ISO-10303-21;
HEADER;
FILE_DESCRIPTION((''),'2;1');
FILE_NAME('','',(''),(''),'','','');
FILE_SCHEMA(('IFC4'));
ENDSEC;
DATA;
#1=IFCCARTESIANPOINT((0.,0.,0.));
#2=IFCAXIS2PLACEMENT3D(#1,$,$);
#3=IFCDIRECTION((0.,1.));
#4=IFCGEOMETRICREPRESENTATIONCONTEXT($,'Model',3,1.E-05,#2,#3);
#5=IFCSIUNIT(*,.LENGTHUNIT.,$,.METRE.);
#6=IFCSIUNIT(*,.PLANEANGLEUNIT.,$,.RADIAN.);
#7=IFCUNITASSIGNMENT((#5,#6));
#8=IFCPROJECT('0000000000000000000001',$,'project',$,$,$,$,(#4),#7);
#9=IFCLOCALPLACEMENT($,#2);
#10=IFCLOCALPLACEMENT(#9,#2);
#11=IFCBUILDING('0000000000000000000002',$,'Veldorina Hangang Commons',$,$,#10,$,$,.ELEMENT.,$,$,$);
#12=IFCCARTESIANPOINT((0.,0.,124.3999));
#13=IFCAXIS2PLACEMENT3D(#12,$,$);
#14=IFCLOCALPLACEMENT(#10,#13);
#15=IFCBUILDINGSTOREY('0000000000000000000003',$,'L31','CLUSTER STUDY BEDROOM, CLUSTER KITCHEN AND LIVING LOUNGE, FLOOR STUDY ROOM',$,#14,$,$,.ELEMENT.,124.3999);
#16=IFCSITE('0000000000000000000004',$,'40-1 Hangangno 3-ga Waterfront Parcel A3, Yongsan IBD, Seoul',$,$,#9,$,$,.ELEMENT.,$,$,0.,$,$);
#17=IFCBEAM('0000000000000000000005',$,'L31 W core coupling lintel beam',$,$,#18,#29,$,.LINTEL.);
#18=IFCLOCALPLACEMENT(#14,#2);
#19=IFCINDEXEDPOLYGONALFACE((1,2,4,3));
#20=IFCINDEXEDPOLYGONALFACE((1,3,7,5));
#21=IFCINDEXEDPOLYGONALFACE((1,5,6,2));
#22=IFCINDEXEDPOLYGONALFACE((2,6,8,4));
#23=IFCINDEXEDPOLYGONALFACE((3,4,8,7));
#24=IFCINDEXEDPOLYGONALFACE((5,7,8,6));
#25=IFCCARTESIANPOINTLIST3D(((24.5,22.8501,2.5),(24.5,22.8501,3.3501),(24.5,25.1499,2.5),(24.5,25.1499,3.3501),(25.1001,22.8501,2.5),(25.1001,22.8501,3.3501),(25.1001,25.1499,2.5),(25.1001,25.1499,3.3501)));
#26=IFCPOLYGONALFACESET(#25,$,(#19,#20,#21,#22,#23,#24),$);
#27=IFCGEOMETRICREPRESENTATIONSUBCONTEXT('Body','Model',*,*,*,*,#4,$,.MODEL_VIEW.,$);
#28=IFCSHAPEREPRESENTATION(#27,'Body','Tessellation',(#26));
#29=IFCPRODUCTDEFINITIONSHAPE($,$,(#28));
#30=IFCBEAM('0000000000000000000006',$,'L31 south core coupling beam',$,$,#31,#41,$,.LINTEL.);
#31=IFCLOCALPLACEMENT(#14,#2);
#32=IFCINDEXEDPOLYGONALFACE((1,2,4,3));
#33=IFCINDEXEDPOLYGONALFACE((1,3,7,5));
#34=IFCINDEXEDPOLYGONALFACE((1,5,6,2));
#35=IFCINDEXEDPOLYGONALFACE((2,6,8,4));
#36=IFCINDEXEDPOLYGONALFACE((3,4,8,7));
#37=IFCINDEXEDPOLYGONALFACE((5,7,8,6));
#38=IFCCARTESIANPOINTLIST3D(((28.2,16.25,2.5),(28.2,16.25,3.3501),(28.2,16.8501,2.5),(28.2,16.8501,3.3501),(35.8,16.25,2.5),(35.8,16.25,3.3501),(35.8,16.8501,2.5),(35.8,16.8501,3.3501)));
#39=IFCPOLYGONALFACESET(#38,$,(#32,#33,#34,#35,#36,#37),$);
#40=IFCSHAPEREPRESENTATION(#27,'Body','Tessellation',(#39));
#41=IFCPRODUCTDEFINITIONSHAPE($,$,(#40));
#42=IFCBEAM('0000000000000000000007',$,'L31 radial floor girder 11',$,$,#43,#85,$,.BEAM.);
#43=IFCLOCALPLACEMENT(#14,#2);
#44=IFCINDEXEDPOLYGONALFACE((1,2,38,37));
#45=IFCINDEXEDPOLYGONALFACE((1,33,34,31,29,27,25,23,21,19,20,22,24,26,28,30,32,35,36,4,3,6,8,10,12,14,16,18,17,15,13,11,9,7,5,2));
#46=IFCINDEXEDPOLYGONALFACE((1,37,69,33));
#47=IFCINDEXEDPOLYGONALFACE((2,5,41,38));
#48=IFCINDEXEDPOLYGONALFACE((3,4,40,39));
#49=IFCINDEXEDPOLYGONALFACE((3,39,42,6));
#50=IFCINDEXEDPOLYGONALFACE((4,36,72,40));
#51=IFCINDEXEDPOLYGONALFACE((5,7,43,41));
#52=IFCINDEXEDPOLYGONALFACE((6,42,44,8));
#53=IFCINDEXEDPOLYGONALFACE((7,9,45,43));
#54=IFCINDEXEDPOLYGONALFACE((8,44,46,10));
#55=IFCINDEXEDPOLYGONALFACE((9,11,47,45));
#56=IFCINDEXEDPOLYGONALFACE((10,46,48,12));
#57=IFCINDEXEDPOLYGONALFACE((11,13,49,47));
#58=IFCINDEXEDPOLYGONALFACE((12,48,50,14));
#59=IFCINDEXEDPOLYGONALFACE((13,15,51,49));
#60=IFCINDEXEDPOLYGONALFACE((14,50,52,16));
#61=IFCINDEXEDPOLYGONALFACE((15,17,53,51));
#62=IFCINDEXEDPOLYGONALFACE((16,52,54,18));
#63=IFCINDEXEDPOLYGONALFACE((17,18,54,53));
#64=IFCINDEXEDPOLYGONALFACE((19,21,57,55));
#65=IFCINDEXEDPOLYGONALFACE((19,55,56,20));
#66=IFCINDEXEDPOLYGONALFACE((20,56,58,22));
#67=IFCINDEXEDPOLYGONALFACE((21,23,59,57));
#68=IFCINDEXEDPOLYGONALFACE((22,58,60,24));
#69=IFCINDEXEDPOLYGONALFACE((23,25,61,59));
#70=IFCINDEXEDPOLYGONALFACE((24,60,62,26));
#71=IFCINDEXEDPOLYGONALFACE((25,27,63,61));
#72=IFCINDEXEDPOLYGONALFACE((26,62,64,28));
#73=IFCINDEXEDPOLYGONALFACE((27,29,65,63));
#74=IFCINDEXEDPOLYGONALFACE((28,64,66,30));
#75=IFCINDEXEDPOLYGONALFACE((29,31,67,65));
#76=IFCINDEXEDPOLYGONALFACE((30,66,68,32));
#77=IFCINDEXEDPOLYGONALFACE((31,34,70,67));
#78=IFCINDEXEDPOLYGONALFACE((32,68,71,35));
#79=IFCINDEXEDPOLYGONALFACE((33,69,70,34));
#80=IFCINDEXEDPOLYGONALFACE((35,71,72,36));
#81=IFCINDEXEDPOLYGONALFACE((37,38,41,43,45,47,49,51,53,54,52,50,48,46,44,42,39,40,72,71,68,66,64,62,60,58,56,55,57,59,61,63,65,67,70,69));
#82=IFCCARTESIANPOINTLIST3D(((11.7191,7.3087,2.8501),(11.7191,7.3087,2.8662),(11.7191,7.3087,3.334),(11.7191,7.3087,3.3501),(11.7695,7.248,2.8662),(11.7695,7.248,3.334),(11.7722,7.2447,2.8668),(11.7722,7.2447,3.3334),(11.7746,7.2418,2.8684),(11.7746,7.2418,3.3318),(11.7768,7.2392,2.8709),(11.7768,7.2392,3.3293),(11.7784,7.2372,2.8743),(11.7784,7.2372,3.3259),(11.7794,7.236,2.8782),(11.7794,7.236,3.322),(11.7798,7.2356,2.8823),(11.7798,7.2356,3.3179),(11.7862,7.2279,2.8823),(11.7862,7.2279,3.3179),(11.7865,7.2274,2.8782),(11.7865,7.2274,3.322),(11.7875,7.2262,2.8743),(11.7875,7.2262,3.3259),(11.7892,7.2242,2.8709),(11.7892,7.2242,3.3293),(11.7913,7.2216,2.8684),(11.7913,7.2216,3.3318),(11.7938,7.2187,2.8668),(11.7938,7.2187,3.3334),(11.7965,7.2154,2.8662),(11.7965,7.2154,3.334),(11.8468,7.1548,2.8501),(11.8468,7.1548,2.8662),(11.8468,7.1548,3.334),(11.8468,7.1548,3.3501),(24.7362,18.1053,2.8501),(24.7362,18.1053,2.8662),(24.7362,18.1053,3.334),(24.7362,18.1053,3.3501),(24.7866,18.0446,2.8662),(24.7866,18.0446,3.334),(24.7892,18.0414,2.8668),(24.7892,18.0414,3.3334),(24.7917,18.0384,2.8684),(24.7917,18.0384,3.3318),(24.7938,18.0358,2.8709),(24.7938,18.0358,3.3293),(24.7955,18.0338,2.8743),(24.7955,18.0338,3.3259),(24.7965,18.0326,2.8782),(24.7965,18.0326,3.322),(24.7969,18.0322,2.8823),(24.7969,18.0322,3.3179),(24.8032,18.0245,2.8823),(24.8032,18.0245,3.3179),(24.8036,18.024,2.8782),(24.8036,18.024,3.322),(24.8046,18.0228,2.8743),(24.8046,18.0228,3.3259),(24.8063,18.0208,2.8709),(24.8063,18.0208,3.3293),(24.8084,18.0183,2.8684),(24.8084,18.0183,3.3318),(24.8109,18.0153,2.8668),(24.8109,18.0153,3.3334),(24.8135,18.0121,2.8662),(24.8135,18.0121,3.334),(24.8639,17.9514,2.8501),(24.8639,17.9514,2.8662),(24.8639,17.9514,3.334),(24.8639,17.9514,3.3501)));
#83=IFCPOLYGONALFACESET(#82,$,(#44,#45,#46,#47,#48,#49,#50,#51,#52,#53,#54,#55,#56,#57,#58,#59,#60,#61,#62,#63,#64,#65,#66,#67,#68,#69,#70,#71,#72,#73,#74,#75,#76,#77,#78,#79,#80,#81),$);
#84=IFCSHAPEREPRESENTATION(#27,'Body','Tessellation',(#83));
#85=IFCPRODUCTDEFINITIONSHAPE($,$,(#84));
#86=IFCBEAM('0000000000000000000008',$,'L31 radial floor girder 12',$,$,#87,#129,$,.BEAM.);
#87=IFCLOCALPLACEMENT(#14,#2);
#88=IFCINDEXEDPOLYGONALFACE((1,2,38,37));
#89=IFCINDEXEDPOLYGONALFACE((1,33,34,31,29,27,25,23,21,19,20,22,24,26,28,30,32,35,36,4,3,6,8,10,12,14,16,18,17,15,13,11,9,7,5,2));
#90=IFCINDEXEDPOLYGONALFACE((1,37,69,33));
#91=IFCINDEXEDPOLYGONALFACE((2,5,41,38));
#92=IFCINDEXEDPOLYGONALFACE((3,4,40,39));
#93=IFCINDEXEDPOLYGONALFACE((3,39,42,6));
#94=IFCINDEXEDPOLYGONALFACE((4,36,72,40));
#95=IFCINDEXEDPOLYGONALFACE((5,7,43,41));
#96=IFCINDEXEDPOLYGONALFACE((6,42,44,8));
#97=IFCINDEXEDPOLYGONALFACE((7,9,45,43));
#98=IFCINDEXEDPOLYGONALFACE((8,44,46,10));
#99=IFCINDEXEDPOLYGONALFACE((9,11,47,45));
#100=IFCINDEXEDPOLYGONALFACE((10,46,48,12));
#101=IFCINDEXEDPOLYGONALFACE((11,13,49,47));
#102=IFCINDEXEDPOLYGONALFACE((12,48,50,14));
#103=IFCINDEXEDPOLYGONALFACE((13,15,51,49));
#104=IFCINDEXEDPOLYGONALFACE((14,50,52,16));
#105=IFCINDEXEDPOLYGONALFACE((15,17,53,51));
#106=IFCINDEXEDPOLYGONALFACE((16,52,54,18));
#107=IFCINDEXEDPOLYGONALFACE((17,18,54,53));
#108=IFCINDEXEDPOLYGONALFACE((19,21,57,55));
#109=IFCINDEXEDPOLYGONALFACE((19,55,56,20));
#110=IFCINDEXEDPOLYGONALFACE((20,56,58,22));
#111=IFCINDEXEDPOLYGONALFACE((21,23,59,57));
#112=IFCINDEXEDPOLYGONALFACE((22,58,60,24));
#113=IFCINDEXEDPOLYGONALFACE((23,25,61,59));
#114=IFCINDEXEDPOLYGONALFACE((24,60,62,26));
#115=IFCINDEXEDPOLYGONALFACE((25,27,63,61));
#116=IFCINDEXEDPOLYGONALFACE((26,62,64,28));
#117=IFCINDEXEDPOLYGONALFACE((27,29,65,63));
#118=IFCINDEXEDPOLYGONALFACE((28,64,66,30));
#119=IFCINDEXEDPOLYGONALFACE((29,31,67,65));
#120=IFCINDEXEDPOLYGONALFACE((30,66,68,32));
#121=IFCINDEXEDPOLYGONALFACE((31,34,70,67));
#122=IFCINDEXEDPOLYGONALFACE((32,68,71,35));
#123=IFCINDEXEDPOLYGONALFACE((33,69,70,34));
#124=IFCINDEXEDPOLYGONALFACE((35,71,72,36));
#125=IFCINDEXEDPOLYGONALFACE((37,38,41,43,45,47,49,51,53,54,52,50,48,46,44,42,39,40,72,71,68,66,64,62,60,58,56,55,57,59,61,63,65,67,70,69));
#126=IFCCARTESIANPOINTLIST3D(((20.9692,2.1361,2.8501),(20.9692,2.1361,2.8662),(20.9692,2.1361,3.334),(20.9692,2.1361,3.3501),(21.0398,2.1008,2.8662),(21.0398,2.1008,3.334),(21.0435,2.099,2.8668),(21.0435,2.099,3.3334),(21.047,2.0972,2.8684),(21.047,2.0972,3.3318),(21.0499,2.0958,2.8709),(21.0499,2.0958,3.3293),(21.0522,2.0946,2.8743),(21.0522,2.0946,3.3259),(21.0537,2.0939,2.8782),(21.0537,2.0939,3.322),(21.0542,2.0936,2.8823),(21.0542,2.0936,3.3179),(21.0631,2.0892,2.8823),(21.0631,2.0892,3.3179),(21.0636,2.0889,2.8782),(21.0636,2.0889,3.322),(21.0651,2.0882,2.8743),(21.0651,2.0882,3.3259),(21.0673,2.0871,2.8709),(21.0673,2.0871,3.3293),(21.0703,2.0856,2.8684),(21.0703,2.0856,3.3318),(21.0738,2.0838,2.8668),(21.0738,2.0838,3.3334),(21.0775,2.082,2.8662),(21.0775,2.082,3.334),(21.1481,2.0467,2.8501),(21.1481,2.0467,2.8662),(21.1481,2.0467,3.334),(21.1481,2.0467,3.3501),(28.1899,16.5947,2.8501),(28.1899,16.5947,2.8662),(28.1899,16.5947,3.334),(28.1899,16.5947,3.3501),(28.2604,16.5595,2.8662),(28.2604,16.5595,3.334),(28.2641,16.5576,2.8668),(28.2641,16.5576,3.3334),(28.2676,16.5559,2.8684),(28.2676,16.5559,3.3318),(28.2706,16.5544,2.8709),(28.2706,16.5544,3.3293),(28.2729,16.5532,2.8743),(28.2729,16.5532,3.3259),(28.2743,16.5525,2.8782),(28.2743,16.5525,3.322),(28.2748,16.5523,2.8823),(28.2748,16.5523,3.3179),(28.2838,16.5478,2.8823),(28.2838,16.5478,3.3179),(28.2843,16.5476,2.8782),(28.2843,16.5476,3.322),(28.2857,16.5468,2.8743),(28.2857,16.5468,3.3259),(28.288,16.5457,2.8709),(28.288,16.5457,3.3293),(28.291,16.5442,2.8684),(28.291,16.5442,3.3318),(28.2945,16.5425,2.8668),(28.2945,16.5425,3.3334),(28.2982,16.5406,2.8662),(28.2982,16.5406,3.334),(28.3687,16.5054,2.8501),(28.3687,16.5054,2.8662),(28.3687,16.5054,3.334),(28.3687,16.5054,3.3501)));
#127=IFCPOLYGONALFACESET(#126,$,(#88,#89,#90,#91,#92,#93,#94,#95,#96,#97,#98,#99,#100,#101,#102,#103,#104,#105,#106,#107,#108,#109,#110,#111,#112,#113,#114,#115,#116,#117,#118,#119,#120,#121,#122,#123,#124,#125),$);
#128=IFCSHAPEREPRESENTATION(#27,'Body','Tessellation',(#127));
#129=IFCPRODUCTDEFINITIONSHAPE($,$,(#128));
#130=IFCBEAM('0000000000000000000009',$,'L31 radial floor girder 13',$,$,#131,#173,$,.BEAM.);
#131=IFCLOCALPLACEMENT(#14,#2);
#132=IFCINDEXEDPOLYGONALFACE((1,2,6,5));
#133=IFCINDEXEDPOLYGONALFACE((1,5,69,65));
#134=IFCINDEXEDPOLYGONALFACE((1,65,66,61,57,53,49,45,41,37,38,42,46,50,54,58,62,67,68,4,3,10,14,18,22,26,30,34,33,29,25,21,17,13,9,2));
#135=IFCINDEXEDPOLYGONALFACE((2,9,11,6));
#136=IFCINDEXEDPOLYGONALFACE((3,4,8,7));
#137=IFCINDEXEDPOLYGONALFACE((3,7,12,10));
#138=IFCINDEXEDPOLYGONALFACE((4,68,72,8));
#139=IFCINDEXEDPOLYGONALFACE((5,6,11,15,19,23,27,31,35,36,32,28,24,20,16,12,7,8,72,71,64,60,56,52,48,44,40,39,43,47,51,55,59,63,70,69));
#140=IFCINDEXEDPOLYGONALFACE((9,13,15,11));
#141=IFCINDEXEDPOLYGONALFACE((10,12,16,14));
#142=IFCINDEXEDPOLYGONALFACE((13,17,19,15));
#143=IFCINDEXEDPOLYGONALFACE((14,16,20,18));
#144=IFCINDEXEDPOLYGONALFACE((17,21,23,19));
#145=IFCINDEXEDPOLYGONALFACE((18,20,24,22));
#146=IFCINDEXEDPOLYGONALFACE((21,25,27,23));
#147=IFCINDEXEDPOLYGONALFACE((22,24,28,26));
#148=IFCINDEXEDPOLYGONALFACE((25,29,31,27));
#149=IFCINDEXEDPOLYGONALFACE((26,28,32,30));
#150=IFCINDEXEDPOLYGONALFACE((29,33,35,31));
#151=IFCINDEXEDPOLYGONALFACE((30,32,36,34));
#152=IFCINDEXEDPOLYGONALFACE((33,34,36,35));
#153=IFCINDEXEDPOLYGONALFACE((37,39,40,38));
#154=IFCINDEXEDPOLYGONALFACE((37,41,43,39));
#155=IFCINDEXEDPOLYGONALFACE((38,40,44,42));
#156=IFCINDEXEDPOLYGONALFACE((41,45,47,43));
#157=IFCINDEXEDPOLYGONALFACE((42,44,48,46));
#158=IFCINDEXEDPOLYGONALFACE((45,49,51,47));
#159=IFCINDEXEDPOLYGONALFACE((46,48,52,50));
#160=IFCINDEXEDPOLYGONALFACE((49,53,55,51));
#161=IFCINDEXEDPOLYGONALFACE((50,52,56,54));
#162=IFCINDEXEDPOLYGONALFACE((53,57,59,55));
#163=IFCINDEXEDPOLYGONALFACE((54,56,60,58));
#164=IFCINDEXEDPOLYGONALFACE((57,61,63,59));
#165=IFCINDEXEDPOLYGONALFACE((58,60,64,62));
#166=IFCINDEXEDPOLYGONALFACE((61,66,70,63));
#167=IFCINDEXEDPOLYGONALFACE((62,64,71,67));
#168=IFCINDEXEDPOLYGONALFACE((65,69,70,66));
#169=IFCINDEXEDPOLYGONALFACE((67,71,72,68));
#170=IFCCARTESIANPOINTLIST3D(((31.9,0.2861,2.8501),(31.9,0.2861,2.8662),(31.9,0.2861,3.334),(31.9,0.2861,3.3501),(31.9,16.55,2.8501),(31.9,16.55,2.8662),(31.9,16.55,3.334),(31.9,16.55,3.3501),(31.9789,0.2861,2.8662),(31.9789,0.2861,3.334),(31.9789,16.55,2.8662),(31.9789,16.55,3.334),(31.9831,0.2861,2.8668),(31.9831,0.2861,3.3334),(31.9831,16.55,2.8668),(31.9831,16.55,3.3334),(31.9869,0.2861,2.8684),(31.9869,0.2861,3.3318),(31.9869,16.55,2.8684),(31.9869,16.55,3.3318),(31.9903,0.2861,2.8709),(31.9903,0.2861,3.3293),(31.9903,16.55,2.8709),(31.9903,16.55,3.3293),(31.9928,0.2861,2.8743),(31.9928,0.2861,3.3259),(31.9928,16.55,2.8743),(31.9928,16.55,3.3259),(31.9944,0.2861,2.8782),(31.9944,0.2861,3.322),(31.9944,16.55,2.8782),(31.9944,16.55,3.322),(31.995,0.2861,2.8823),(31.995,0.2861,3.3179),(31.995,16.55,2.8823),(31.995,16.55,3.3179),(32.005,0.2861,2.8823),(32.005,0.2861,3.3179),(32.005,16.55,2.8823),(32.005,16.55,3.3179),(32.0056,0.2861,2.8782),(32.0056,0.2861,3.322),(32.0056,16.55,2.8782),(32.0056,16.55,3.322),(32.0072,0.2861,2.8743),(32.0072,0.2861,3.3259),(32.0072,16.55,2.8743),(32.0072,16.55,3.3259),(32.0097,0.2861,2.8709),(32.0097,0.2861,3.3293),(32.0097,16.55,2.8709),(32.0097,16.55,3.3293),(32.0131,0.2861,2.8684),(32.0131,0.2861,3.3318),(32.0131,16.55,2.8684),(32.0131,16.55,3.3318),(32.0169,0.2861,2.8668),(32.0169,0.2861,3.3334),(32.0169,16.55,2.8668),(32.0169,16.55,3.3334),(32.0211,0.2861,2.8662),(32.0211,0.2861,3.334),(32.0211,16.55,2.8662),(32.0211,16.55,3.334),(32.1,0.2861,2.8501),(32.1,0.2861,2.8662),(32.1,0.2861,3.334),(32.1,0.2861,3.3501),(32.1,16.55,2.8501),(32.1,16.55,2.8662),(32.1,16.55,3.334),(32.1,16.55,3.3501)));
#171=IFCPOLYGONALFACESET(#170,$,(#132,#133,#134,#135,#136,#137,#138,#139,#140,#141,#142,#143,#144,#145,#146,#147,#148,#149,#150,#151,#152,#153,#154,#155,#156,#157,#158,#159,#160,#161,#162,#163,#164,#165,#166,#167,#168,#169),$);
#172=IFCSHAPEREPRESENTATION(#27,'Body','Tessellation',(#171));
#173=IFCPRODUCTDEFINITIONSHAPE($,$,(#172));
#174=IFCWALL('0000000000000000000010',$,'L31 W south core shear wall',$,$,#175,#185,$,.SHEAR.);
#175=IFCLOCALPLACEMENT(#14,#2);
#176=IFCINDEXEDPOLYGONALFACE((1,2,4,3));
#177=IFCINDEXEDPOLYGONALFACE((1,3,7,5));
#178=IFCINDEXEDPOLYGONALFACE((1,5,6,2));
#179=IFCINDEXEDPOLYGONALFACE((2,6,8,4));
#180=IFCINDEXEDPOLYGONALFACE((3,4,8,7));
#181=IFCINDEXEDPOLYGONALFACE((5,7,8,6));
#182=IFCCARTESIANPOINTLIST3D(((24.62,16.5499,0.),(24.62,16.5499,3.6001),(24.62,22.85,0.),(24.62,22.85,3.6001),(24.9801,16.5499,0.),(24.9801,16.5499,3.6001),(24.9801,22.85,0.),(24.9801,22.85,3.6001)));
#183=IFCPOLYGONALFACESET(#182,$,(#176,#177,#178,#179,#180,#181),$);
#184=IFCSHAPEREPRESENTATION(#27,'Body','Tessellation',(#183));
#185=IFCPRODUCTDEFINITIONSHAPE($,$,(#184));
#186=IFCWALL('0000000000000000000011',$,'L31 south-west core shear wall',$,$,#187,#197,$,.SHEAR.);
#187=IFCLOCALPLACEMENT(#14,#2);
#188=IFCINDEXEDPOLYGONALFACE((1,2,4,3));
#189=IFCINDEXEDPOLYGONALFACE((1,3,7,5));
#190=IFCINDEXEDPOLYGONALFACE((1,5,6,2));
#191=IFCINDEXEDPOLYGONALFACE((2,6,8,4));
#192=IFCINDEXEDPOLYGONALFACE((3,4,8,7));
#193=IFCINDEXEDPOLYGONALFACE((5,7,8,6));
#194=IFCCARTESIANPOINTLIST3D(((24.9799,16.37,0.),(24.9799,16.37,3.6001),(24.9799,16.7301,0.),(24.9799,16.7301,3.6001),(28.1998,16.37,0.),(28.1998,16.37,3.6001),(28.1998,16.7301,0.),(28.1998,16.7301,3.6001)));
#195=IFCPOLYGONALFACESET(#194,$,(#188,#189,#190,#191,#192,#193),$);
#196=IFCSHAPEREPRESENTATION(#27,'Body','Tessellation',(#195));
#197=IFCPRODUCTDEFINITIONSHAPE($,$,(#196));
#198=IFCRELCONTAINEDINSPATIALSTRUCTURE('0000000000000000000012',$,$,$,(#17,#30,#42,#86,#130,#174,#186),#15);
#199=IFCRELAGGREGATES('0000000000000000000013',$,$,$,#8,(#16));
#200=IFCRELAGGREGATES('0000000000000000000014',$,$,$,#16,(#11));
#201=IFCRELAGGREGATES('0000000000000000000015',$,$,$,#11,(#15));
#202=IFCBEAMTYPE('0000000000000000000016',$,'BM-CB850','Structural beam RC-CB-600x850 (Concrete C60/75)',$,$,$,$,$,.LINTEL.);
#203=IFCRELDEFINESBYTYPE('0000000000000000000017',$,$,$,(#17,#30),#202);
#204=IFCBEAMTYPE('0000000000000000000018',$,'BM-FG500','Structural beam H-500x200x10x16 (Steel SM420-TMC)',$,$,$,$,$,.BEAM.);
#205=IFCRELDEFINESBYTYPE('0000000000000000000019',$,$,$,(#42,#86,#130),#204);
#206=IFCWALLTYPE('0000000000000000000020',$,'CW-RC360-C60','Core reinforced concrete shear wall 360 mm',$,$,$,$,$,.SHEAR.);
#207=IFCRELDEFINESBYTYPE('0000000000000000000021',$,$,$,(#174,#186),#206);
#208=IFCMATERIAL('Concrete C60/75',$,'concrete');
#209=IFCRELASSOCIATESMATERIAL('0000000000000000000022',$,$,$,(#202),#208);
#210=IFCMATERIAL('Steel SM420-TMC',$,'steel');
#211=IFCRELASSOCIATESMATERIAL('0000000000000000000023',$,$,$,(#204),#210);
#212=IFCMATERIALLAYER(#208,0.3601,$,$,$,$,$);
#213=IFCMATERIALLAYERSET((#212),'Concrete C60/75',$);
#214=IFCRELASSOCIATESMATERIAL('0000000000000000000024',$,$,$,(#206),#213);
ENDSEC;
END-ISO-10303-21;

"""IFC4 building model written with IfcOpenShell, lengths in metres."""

from ifc_helpers import new_model, si_unit, direction, frame, frame_2d, origin, origin_2d, place, context, subcontext, project, spatial, rectangle, i_section, extrude, material, layer, layer_set, material_profile, profile_set, type_object, element, save


model = new_model("IFC4")

# Units and contexts
model_context = context("Model", 3, precision=1e-05, world=origin(), true_north=direction((0.0, 1.0)))
body_context = subcontext(model_context, "Body", "Model", "MODEL_VIEW")
ifc_project = project(units=[si_unit("LENGTHUNIT", "METRE"), si_unit("PLANEANGLEUNIT", "RADIAN")], contexts=[model_context])

# Site, building, storey
site_placement = place(None, origin())
site = spatial("IfcSite", under=ifc_project, at=site_placement, Name="40-1 Hangangno 3-ga Waterfront Parcel A3, Yongsan IBD, Seoul", CompositionType="ELEMENT", RefElevation=0.0)
building_placement = place(site_placement, origin())
building = spatial("IfcBuilding", under=site, at=building_placement, Name="Veldorina Hangang Commons", CompositionType="ELEMENT")
storey_placement = place(building_placement, frame((0.0, 0.0, 124.3999)))
storey = spatial("IfcBuildingStorey", under=building, at=storey_placement, Name="L31", Description="CLUSTER STUDY BEDROOM, CLUSTER KITCHEN AND LIVING LOUNGE, FLOOR STUDY ROOM", CompositionType="ELEMENT", Elevation=124.3999)

# Beams
ifc_material_1 = material(Name="Concrete C60/75", Category="concrete")
ifc_material_profile_1 = material_profile(ifc_material_1, rectangle(XDim=0.6001, YDim=0.8501, at=origin_2d()), Name="RC-CB-600x850")
ifc_profile_set_1 = profile_set([ifc_material_profile_1], Name="Concrete C60/75")
beam_type_1 = type_object("IfcBeamType", Name="BM-CB850", Description="Structural beam RC-CB-600x850 (Concrete C60/75)", PredefinedType="LINTEL", material=ifc_profile_set_1)
beam_1_placement = place(storey_placement, frame((24.8, 22.8501, 2.925), z_axis=(0.0, 1.0, 0.0), x_axis=(-1.0, 0.0, 0.0)))
element("IfcBeam", 1, at=beam_1_placement, inside=storey, type_object=beam_type_1, Name="L31 W core coupling lintel beam", PredefinedType="LINTEL", context=body_context, shape_type="SweptSolid", body=[
    extrude(rectangle(XDim=0.6001, YDim=0.8501, at=origin_2d()), origin(), (0.0, 0.0, 1.0), 2.2998),
])
beam_2_placement = place(storey_placement, frame((28.2, 16.55, 2.925), z_axis=(1.0, 0.0, 0.0), x_axis=(0.0, 1.0, 0.0)))
element("IfcBeam", 2, at=beam_2_placement, inside=storey, type_object=beam_type_1, Name="L31 south core coupling beam", PredefinedType="LINTEL", context=body_context, shape_type="SweptSolid", body=[
    extrude(rectangle(XDim=0.6001, YDim=0.8501, at=origin_2d()), origin(), (0.0, 0.0, 1.0), 7.6001),
])
ifc_material_2 = material(Name="Steel SM420-TMC", Category="steel")
ifc_material_profile_2 = material_profile(ifc_material_2, i_section(OverallWidth=0.2, OverallDepth=0.5, WebThickness=0.01, FlangeThickness=0.0161, FilletRadius=0.0161, at=origin_2d()), Name="H-500x200x10x16")
ifc_profile_set_2 = profile_set([ifc_material_profile_2], Name="Steel SM420-TMC")
beam_type_2 = type_object("IfcBeamType", Name="BM-FG500", Description="Structural beam H-500x200x10x16 (Steel SM420-TMC)", PredefinedType="BEAM", material=ifc_profile_set_2)
beam_3_placement = place(storey_placement, frame((24.8, 18.0283, 3.1001), z_axis=(-0.769701, -0.638405, 0.0), x_axis=(0.638405, -0.769701, 0.0)))
element("IfcBeam", 3, at=beam_3_placement, inside=storey, type_object=beam_type_2, Name="L31 radial floor girder 11", PredefinedType="BEAM", context=body_context, shape_type="SweptSolid", body=[
    extrude(i_section(OverallWidth=0.2, OverallDepth=0.5, WebThickness=0.01, FlangeThickness=0.0161, FilletRadius=0.0161, at=origin_2d()), origin(), (0.0, 0.0, 1.0), 16.9119),
])
beam_4_placement = place(storey_placement, frame((28.2793, 16.55, 3.1001), z_axis=(-0.446785, -0.894642, 0.0), x_axis=(0.894642, -0.446785, 0.0)))
element("IfcBeam", 4, at=beam_4_placement, inside=storey, type_object=beam_type_2, Name="L31 radial floor girder 12", PredefinedType="BEAM", context=body_context, shape_type="SweptSolid", body=[
    extrude(i_section(OverallWidth=0.2, OverallDepth=0.5, WebThickness=0.01, FlangeThickness=0.0161, FilletRadius=0.0161, at=origin_2d()), origin(), (0.0, 0.0, 1.0), 16.1614),
])
beam_5_placement = place(storey_placement, frame((32.0, 16.55, 3.1001), z_axis=(0.0, -1.0, 0.0), x_axis=(1.0, 0.0, 0.0)))
element("IfcBeam", 5, at=beam_5_placement, inside=storey, type_object=beam_type_2, Name="L31 radial floor girder 13", PredefinedType="BEAM", context=body_context, shape_type="SweptSolid", body=[
    extrude(i_section(OverallWidth=0.2, OverallDepth=0.5, WebThickness=0.01, FlangeThickness=0.0161, FilletRadius=0.0161, at=origin_2d()), origin(), (0.0, 0.0, 1.0), 16.2639),
])

# Walls
ifc_layer_1 = layer(ifc_material_1, 0.3601)
ifc_layer_set_1 = layer_set([ifc_layer_1], Name="Concrete C60/75")
wall_type_1 = type_object("IfcWallType", Name="CW-RC360-C60", Description="Core reinforced concrete shear wall 360 mm", PredefinedType="SHEAR", material=ifc_layer_set_1)
wall_1_placement = place(storey_placement, frame((24.8, 16.55, 0.0), z_axis=(0.0, 0.0, 1.0), x_axis=(0.0, 1.0, 0.0)))
element("IfcWall", 6, at=wall_1_placement, inside=storey, type_object=wall_type_1, Name="L31 W south core shear wall", PredefinedType="SHEAR", context=body_context, shape_type="SweptSolid", body=[
    extrude(rectangle(XDim=6.3, YDim=0.3601, at=frame_2d((3.1499, 0.0))), origin(), (0.0, 0.0, 1.0), 3.6001),
])
wall_2_placement = place(storey_placement, frame((24.98, 16.55, 0.0), z_axis=(0.0, 0.0, 1.0), x_axis=(1.0, 0.0, 0.0)))
element("IfcWall", 7, at=wall_2_placement, inside=storey, type_object=wall_type_1, Name="L31 south-west core shear wall", PredefinedType="SHEAR", context=body_context, shape_type="SweptSolid", body=[
    extrude(rectangle(XDim=3.22, YDim=0.3601, at=frame_2d((1.6099, 0.0))), origin(), (0.0, 0.0, 1.0), 3.6001),
])

save(model, "model.ifc")
